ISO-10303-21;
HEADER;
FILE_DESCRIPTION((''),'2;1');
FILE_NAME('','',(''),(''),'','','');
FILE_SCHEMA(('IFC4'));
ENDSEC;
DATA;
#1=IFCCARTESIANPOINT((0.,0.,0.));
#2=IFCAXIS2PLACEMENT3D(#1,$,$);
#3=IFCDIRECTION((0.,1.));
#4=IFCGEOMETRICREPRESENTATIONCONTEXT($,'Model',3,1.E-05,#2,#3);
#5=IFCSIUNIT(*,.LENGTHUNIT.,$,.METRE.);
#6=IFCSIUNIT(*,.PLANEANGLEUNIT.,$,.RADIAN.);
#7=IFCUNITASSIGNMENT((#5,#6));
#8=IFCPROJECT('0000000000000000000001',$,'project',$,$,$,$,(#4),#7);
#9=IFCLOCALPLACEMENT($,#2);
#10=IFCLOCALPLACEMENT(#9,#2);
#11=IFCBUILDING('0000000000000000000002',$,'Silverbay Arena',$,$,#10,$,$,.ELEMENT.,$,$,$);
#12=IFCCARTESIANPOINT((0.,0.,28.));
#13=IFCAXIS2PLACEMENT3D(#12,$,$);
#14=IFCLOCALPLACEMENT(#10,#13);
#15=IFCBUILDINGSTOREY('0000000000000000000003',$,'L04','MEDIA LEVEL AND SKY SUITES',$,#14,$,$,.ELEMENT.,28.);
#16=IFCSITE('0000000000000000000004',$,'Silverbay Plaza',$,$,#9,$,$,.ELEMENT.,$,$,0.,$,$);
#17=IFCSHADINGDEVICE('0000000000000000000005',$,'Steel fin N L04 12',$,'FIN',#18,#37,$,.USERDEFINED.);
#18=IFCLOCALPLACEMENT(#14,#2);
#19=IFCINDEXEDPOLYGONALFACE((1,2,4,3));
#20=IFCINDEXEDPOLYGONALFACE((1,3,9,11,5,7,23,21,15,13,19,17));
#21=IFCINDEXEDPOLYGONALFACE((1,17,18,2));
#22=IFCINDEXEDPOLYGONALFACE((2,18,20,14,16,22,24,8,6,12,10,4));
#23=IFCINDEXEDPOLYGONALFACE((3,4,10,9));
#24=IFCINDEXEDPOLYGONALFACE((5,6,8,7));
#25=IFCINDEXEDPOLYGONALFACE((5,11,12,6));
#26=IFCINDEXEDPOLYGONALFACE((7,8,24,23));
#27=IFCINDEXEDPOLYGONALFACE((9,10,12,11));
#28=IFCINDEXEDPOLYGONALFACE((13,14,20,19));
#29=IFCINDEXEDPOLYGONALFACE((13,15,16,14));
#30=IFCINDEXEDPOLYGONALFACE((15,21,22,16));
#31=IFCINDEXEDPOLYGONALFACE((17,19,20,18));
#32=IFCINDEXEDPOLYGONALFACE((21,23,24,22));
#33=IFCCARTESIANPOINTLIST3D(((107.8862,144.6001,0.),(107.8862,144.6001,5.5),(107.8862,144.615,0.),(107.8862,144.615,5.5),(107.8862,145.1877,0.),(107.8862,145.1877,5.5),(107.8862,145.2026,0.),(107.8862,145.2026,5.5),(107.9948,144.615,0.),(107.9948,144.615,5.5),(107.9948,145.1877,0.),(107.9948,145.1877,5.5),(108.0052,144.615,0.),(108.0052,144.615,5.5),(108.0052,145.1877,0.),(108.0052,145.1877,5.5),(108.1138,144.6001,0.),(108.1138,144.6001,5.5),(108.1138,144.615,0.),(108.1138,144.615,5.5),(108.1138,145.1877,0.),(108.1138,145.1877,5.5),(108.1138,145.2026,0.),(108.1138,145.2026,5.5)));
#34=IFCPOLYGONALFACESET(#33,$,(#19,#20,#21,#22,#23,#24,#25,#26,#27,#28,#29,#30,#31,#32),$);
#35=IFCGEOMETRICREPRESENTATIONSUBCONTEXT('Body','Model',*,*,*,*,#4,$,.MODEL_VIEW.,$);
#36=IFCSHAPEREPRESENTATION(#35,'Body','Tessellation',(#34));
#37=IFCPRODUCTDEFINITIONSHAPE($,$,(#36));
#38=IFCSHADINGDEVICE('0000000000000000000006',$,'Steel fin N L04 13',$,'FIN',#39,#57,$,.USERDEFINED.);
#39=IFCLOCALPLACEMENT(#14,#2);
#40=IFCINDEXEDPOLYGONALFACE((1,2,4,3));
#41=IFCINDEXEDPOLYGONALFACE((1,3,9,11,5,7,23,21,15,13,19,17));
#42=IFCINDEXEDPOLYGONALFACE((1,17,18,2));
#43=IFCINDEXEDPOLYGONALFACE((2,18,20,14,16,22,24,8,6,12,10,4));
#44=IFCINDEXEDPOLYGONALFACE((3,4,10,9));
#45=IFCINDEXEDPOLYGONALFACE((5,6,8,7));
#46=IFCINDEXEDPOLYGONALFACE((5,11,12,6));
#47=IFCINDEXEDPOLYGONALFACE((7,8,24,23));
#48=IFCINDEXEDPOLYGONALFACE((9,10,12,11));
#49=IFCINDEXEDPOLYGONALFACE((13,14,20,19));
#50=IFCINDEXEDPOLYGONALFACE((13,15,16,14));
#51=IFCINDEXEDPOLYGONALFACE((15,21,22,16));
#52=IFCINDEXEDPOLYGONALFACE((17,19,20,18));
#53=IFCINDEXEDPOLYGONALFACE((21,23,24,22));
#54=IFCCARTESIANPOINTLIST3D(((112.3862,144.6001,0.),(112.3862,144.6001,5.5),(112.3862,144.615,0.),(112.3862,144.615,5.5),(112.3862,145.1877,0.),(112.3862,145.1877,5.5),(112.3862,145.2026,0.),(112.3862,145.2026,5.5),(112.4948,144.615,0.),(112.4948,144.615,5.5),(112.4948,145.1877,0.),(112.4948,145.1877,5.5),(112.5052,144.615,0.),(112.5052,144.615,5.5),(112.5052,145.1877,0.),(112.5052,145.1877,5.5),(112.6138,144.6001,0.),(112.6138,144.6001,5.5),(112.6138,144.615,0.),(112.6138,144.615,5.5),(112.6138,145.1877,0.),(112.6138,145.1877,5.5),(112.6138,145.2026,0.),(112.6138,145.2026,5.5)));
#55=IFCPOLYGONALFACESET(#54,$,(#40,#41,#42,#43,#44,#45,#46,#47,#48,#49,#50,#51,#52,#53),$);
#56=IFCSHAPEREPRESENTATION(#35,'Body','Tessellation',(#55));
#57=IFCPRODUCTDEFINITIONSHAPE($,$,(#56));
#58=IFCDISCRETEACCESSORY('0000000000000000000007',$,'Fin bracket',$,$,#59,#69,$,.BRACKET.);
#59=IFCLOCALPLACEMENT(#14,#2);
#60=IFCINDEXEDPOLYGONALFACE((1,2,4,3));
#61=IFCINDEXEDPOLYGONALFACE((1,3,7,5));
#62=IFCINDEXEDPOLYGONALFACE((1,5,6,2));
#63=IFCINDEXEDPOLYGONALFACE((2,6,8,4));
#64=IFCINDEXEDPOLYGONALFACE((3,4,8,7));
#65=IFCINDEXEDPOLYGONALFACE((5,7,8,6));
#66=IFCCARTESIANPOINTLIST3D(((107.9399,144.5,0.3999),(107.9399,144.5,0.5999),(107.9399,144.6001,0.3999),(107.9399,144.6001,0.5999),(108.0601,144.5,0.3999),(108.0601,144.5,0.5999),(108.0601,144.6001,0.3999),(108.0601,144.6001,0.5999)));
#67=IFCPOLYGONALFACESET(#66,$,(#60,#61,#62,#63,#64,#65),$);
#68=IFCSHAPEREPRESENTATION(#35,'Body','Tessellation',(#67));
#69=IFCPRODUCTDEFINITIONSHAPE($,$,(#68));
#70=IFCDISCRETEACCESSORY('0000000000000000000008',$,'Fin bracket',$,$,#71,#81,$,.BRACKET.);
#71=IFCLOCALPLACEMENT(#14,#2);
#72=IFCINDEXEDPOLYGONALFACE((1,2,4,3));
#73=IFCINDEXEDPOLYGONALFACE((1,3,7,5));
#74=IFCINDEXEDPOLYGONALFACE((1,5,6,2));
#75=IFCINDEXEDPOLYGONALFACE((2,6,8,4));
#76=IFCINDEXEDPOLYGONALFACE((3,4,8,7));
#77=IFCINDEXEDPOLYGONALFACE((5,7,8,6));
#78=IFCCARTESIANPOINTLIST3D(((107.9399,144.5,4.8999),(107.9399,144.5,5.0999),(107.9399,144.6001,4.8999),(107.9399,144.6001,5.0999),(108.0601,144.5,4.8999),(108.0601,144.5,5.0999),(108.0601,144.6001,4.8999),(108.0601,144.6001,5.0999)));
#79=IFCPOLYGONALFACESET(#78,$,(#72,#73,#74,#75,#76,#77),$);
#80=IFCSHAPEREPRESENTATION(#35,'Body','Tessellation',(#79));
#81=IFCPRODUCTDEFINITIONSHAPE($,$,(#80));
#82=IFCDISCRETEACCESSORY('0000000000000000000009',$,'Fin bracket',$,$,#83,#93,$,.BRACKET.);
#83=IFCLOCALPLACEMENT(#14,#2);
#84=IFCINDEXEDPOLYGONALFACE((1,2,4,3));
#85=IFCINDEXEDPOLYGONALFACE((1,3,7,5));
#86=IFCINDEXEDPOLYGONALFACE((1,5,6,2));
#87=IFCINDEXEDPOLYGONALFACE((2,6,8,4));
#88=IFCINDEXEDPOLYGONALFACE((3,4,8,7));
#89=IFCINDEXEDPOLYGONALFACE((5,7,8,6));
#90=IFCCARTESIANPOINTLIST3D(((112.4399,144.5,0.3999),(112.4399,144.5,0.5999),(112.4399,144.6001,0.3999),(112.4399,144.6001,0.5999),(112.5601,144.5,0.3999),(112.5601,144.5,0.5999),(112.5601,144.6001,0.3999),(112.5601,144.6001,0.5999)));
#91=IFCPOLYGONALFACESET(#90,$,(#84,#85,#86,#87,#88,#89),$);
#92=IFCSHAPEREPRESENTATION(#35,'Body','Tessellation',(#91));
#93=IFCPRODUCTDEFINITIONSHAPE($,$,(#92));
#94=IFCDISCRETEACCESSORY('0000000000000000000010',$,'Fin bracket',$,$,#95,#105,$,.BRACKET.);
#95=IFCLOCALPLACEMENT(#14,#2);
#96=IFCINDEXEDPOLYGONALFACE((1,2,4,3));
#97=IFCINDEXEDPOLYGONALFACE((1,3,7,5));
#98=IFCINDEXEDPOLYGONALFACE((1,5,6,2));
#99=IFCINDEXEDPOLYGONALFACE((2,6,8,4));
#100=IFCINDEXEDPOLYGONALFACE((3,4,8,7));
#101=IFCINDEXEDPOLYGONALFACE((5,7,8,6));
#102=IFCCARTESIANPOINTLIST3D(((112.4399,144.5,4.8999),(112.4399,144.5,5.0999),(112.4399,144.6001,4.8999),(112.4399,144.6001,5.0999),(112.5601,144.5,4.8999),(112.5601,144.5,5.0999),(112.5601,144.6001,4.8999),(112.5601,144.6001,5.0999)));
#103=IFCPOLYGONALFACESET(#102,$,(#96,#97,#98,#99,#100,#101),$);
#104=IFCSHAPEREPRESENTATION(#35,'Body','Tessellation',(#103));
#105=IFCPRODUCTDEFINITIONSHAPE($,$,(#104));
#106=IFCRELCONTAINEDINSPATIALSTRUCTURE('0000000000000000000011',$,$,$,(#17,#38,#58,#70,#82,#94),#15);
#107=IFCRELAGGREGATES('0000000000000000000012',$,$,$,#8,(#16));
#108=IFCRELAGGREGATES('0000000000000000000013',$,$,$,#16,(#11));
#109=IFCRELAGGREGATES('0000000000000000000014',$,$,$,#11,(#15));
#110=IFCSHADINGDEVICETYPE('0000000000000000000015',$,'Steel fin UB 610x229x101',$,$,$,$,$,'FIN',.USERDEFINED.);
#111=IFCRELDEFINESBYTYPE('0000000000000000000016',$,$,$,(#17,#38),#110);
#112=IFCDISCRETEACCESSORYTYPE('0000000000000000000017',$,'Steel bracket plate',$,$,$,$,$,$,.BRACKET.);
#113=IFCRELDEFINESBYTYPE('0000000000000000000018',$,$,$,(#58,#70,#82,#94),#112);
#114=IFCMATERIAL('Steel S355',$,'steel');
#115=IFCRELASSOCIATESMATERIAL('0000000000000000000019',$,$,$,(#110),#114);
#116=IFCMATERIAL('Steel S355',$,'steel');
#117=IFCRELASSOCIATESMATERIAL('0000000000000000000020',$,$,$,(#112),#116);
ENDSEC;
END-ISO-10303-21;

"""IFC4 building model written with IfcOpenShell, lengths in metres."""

from ifc_helpers import new_model, si_unit, direction, frame, origin, origin_2d, place, context, subcontext, project, spatial, rectangle, i_section, extrude, material, material_profile, profile_set, type_object, element, save


model = new_model("IFC4")

# Units and contexts
model_context = context("Model", 3, precision=1e-05, world=origin(), true_north=direction((0.0, 1.0)))
body_context = subcontext(model_context, "Body", "Model", "MODEL_VIEW")
ifc_project = project(units=[si_unit("LENGTHUNIT", "METRE"), si_unit("PLANEANGLEUNIT", "RADIAN")], contexts=[model_context])

# Site, building, storey
site_placement = place(None, origin())
site = spatial("IfcSite", under=ifc_project, at=site_placement, Name="Silverbay Plaza", CompositionType="ELEMENT", RefElevation=0.0)
building_placement = place(site_placement, origin())
building = spatial("IfcBuilding", under=site, at=building_placement, Name="Silverbay Arena", CompositionType="ELEMENT")
storey_placement = place(building_placement, frame((0.0, 0.0, 28.0)))
storey = spatial("IfcBuildingStorey", under=building, at=storey_placement, Name="L04", Description="MEDIA LEVEL AND SKY SUITES", CompositionType="ELEMENT", Elevation=28.0)

# Shading devices
ifc_material_1 = material(Name="Steel S355", Category="steel")
ifc_material_profile_1 = material_profile(ifc_material_1, i_section(OverallWidth=0.2275, OverallDepth=0.6025, WebThickness=0.0105, FlangeThickness=0.0149, at=origin_2d()), Name="UB 610x229x101")
ifc_profile_set_1 = profile_set([ifc_material_profile_1], Name="Steel S355")
shading_device_type = type_object("IfcShadingDeviceType", Name="Steel fin UB 610x229x101", ElementType="FIN", PredefinedType="USERDEFINED", material=ifc_profile_set_1)
for number, where, z_axis, x_axis, name in (
    (1, (108.0, 144.9014, 0.0), (0.0, 0.0, 1.0), (1.0, 0.0, 0.0), "Steel fin N L04 12"),
    (2, (112.5, 144.9014, 0.0), (0.0, 0.0, 1.0), (1.0, 0.0, 0.0), "Steel fin N L04 13"),
):
    element("IfcShadingDevice", number, at=place(storey_placement, frame(where, z_axis=z_axis, x_axis=x_axis)), inside=storey, type_object=shading_device_type, Name=name, ObjectType="FIN", PredefinedType="USERDEFINED", context=body_context, shape_type="SweptSolid", body=[
        extrude(i_section(OverallWidth=0.2275, OverallDepth=0.6025, WebThickness=0.0105, FlangeThickness=0.0149, at=origin_2d()), origin(), (0.0, 0.0, 1.0), 5.5),
    ])

# Discrete accessories
ifc_material_2 = material(Name="Steel S355", Category="steel")
discrete_accessory_type = type_object("IfcDiscreteAccessoryType", Name="Steel bracket plate", PredefinedType="BRACKET", material=ifc_material_2)
for number, where, z_axis, x_axis, name in (
    (3, (108.0, 144.55, 0.3999), (0.0, 0.0, 1.0), (1.0, 0.0, 0.0), "Fin bracket"),
    (4, (108.0, 144.55, 4.8999), (0.0, 0.0, 1.0), (1.0, 0.0, 0.0), "Fin bracket"),
    (5, (112.5, 144.55, 0.3999), (0.0, 0.0, 1.0), (1.0, 0.0, 0.0), "Fin bracket"),
    (6, (112.5, 144.55, 4.8999), (0.0, 0.0, 1.0), (1.0, 0.0, 0.0), "Fin bracket"),
):
    element("IfcDiscreteAccessory", number, at=place(storey_placement, frame(where, z_axis=z_axis, x_axis=x_axis)), inside=storey, type_object=discrete_accessory_type, Name=name, PredefinedType="BRACKET", context=body_context, shape_type="SweptSolid", body=[
        extrude(rectangle(XDim=0.1201, YDim=0.1001, at=origin_2d()), origin(), (0.0, 0.0, 1.0), 0.2),
    ])

save(model, "model.ifc")
